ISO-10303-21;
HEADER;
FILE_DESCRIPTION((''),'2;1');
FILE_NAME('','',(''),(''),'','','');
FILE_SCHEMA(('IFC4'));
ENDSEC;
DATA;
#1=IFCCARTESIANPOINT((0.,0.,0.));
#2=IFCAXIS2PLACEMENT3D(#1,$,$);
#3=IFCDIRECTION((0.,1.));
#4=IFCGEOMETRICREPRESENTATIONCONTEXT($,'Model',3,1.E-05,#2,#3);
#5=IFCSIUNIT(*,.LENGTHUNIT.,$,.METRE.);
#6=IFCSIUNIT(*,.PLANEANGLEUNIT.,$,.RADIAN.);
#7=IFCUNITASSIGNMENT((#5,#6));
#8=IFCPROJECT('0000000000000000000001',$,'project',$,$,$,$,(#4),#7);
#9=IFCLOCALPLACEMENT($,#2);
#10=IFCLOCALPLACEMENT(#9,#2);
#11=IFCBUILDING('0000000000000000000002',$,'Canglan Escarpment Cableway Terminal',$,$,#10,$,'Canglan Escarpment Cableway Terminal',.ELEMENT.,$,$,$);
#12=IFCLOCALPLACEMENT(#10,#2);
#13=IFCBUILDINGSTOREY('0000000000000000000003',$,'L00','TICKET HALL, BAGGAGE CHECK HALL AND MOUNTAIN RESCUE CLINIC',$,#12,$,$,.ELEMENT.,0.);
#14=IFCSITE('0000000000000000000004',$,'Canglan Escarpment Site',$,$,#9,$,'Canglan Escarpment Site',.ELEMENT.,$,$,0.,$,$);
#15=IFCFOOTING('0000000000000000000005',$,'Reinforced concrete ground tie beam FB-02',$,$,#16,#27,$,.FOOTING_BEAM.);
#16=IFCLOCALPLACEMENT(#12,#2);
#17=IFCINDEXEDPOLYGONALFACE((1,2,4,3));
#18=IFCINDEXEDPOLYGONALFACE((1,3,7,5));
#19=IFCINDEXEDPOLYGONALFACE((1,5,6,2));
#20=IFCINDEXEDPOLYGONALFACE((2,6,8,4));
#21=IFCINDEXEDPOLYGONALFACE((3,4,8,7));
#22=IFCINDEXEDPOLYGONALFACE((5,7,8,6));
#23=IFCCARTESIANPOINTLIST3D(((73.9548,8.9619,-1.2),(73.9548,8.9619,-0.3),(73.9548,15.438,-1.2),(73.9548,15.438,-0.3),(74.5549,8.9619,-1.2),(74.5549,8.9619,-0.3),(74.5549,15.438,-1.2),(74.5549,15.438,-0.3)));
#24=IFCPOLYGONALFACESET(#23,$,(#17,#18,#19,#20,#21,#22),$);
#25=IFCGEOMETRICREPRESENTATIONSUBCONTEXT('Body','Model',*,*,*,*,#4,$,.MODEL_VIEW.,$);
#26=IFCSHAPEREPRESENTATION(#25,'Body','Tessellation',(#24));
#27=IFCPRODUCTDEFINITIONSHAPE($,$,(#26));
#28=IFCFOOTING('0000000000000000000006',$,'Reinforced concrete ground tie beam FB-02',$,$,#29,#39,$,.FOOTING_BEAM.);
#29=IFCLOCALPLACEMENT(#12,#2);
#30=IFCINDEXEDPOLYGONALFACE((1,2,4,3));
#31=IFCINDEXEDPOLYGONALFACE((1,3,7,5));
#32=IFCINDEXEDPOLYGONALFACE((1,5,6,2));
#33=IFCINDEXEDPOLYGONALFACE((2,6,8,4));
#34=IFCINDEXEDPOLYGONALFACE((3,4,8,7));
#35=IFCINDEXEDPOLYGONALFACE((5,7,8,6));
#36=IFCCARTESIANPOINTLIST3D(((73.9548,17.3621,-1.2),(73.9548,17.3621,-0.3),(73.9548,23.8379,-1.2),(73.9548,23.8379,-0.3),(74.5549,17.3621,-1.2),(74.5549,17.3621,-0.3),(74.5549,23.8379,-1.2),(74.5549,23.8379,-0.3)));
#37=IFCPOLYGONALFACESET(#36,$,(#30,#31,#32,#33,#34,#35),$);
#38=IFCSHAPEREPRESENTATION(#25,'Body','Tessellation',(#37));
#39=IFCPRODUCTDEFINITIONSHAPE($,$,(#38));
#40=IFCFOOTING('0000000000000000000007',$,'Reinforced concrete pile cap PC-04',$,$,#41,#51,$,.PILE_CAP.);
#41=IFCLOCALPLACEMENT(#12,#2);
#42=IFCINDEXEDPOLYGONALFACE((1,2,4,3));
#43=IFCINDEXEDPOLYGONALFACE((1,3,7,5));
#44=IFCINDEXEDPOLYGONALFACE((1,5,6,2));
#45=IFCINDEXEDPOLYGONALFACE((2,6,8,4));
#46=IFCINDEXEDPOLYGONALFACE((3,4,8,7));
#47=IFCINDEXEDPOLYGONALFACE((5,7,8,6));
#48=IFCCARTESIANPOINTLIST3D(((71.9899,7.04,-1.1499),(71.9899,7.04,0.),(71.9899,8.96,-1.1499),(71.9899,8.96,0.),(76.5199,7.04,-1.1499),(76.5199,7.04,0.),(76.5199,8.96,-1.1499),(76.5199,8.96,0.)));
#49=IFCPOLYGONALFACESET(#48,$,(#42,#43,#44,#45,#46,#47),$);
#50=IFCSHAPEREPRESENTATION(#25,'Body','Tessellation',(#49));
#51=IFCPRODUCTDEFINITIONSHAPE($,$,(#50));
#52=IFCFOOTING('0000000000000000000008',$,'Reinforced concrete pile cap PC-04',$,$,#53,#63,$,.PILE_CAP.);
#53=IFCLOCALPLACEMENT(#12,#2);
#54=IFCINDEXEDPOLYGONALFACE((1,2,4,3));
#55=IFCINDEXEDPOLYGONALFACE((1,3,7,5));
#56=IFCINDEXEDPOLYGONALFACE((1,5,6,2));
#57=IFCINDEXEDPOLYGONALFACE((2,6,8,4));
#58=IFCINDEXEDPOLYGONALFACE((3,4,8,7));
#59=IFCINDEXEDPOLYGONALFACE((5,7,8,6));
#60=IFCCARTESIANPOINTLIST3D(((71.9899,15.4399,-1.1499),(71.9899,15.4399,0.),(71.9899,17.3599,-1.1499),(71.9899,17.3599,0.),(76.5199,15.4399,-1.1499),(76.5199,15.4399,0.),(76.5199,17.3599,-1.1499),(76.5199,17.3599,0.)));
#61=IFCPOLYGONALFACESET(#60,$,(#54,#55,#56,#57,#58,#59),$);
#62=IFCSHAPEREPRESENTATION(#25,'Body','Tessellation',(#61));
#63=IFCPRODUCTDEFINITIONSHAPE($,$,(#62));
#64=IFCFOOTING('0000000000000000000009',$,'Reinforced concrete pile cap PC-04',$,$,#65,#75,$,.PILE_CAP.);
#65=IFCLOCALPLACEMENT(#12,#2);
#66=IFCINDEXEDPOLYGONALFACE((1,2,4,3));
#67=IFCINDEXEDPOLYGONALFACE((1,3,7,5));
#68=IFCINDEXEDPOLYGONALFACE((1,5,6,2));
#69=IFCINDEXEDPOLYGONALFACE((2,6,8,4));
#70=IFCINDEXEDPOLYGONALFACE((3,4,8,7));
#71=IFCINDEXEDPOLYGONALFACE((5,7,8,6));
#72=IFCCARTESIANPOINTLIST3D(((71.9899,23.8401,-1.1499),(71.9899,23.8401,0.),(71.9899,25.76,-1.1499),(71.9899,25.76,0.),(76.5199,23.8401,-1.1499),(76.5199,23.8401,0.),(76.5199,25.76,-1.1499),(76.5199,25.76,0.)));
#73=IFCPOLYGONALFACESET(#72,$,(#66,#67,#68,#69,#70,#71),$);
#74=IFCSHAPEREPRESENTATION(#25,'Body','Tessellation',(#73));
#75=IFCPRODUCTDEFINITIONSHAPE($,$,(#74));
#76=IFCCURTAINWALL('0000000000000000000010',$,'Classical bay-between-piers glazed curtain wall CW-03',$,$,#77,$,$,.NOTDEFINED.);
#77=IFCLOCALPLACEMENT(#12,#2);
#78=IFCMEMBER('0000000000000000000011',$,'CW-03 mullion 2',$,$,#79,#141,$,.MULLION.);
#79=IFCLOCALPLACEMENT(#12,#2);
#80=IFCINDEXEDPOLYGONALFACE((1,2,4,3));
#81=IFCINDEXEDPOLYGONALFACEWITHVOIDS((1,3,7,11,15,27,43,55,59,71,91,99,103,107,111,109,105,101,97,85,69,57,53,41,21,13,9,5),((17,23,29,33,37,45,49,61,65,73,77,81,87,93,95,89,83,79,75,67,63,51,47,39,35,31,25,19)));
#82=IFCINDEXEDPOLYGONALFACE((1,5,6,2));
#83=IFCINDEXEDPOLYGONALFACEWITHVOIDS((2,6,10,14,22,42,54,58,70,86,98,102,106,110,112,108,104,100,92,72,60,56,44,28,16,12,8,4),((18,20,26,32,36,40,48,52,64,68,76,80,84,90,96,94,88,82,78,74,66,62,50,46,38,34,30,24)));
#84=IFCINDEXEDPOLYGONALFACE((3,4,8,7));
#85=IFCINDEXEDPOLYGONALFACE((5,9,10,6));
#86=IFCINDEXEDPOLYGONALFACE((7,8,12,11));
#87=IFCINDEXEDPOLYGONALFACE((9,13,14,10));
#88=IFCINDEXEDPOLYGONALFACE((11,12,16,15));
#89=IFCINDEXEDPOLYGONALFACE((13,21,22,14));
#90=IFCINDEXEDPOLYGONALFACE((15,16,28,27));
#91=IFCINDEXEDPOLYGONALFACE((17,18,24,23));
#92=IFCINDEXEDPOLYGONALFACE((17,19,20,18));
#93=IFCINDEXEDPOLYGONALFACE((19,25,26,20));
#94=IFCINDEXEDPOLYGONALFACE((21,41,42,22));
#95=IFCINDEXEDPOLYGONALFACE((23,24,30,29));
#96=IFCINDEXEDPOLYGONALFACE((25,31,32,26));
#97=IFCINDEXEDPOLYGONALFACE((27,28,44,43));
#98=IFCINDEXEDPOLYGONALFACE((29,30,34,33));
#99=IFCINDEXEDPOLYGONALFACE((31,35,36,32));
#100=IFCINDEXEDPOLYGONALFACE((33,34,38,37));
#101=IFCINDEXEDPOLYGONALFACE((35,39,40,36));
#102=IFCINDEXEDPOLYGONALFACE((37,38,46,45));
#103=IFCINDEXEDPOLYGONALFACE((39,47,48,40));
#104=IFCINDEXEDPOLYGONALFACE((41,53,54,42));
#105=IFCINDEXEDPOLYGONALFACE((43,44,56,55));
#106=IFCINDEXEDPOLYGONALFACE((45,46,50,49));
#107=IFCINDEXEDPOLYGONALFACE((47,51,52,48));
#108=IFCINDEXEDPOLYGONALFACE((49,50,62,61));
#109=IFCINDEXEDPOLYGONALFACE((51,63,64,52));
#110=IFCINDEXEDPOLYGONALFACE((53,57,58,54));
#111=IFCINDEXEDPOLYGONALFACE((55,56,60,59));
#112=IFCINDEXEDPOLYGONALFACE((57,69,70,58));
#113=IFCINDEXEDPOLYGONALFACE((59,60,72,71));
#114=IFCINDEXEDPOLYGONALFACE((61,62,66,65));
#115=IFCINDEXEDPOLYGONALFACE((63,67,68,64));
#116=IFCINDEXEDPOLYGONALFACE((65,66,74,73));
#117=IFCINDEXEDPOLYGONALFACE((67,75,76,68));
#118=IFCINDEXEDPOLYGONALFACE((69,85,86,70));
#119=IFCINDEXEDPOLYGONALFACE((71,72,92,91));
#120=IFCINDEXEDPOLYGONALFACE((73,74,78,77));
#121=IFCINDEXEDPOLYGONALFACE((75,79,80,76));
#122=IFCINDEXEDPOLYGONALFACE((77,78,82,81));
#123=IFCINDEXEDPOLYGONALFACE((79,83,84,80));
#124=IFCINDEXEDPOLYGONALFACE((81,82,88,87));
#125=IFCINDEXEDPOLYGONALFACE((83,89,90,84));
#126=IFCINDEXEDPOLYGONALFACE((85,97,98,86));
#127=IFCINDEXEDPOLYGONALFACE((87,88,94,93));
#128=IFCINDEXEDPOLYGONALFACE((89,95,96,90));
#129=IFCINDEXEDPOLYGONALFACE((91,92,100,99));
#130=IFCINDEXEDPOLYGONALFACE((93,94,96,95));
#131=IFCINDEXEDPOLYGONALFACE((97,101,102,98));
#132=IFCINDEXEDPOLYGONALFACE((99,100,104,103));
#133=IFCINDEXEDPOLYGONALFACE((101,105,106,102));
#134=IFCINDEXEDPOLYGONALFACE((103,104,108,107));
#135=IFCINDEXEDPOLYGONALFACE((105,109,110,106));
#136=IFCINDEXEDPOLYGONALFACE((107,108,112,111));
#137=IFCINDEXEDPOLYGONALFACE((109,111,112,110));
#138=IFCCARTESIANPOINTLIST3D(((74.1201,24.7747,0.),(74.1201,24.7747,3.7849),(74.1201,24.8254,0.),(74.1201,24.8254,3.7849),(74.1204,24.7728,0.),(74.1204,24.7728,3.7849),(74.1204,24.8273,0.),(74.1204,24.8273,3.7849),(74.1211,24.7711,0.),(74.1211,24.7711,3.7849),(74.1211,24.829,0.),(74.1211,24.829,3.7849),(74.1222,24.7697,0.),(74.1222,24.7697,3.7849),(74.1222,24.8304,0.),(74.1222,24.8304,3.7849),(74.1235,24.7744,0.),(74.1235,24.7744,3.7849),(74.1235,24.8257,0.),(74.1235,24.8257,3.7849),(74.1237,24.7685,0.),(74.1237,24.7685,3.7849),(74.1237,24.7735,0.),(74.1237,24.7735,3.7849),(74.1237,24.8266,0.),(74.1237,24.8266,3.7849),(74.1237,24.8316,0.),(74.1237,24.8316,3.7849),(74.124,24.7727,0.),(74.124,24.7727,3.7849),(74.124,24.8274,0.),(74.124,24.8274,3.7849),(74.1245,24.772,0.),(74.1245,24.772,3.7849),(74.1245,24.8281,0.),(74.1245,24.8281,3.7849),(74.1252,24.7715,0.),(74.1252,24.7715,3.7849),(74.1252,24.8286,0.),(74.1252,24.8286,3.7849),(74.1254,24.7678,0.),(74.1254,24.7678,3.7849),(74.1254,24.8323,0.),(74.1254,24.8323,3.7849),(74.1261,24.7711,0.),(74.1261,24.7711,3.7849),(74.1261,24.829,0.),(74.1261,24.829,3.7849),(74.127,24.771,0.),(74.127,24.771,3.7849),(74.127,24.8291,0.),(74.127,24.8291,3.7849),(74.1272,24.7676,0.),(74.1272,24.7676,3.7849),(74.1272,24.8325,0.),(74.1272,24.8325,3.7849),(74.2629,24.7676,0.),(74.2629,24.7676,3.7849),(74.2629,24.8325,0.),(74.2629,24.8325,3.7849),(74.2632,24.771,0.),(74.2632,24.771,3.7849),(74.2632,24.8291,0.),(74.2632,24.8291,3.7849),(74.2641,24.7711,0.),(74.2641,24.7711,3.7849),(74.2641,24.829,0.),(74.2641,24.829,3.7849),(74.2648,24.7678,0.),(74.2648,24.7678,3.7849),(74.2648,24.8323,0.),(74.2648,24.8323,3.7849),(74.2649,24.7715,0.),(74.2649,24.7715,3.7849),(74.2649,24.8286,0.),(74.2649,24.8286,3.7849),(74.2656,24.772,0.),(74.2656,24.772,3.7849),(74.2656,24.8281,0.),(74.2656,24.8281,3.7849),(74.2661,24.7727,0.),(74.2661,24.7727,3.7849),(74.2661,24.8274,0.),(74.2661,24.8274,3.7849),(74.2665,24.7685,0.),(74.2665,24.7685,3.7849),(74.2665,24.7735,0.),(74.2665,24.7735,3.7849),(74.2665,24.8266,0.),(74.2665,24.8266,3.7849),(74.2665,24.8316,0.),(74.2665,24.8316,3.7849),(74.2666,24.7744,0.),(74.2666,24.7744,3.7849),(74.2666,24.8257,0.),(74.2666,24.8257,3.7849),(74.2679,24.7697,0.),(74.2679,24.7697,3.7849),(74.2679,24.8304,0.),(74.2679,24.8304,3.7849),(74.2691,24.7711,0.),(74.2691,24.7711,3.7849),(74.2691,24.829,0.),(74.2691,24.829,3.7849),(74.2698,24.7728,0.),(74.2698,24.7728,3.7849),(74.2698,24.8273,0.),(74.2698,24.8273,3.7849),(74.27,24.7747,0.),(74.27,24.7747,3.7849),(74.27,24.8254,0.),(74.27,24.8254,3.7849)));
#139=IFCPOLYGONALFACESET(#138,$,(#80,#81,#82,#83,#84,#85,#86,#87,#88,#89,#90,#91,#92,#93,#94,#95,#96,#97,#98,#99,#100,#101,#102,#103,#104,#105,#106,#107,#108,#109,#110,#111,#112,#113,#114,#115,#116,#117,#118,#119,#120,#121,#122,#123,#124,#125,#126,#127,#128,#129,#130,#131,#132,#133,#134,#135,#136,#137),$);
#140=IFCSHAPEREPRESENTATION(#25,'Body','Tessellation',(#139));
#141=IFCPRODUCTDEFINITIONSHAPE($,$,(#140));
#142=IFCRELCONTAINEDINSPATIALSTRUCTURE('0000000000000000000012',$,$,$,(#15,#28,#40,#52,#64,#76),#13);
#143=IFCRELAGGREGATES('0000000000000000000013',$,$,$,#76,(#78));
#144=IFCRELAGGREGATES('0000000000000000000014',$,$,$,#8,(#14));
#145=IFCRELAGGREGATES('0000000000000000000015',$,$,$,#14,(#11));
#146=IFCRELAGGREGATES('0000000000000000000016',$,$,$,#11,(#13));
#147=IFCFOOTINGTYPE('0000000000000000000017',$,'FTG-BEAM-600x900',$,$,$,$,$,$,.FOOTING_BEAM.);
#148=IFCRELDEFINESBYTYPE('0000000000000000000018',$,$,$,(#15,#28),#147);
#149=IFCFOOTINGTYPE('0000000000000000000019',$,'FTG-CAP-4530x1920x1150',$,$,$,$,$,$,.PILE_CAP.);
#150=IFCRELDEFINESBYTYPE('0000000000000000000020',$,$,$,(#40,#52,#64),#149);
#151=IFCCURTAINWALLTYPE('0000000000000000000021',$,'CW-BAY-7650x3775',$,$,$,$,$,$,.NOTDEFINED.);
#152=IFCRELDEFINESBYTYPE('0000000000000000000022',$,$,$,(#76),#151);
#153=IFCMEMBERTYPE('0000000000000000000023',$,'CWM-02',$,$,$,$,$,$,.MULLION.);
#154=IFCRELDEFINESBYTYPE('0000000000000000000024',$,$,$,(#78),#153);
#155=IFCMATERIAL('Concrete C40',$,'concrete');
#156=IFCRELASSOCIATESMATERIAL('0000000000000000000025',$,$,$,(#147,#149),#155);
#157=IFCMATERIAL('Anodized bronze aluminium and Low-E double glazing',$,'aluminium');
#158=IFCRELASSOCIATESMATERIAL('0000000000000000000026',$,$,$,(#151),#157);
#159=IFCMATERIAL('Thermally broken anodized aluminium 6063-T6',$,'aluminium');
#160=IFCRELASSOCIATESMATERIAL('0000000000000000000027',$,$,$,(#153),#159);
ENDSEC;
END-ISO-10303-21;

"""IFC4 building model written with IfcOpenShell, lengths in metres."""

from ifc_helpers import new_model, si_unit, direction, frame, origin, origin_2d, place, context, subcontext, project, spatial, rectangle, hollow_rectangle, extrude, material, material_profile, profile_set, type_object, element, aggregate, save


model = new_model("IFC4")

# Units and contexts
model_context = context("Model", 3, precision=1e-05, world=origin(), true_north=direction((0.0, 1.0)))
body_context = subcontext(model_context, "Body", "Model", "MODEL_VIEW")
ifc_project = project(units=[si_unit("LENGTHUNIT", "METRE"), si_unit("PLANEANGLEUNIT", "RADIAN")], contexts=[model_context])

# Site, building, storey
site_placement = place(None, origin())
site = spatial("IfcSite", under=ifc_project, at=site_placement, Name="Canglan Escarpment Site", LongName="Canglan Escarpment Site", CompositionType="ELEMENT", RefElevation=0.0)
building_placement = place(site_placement, origin())
building = spatial("IfcBuilding", under=site, at=building_placement, Name="Canglan Escarpment Cableway Terminal", LongName="Canglan Escarpment Cableway Terminal", CompositionType="ELEMENT")
storey_placement = place(building_placement, origin())
storey = spatial("IfcBuildingStorey", under=building, at=storey_placement, Name="L00", Description="TICKET HALL, BAGGAGE CHECK HALL AND MOUNTAIN RESCUE CLINIC", CompositionType="ELEMENT", Elevation=0.0)

# Footings
ifc_material_1 = material(Name="Concrete C40", Category="concrete")
ifc_material_profile_1 = material_profile(ifc_material_1, rectangle(XDim=0.6001, YDim=0.8999, at=origin_2d()), Name="FB 600x900")
ifc_profile_set_1 = profile_set([ifc_material_profile_1], Name="Concrete C40")
footing_type_1 = type_object("IfcFootingType", Name="FTG-BEAM-600x900", PredefinedType="FOOTING_BEAM", material=ifc_profile_set_1)
footing_1_placement = place(storey_placement, frame((74.2549, 8.9619, -0.75), z_axis=(0.0, 1.0, 0.0), x_axis=(-1.0, 0.0, 0.0)))
element("IfcFooting", 1, at=footing_1_placement, inside=storey, type_object=footing_type_1, Name="Reinforced concrete ground tie beam FB-02", PredefinedType="FOOTING_BEAM", context=body_context, shape_type="SweptSolid", body=[
    extrude(rectangle(XDim=0.6001, YDim=0.8999, at=origin_2d()), origin(), (0.0, 0.0, 1.0), 6.4761),
])
footing_2_placement = place(storey_placement, frame((74.2549, 17.3621, -0.75), z_axis=(0.0, 1.0, 0.0), x_axis=(-1.0, 0.0, 0.0)))
element("IfcFooting", 2, at=footing_2_placement, inside=storey, type_object=footing_type_1, Name="Reinforced concrete ground tie beam FB-02", PredefinedType="FOOTING_BEAM", context=body_context, shape_type="SweptSolid", body=[
    extrude(rectangle(XDim=0.6001, YDim=0.8999, at=origin_2d()), origin(), (0.0, 0.0, 1.0), 6.4758),
])
footing_type_2 = type_object("IfcFootingType", Name="FTG-CAP-4530x1920x1150", PredefinedType="PILE_CAP", material=ifc_material_1)
for number, where, z_axis, x_axis, name in (
    (3, (74.2549, 8.0, -1.1499), (0.0, 0.0, 1.0), (1.0, 0.0, 0.0), "Reinforced concrete pile cap PC-04"),
    (4, (74.2549, 16.3999, -1.1499), (0.0, 0.0, 1.0), (1.0, 0.0, 0.0), "Reinforced concrete pile cap PC-04"),
    (5, (74.2549, 24.8, -1.1499), (0.0, 0.0, 1.0), (1.0, 0.0, 0.0), "Reinforced concrete pile cap PC-04"),
):
    element("IfcFooting", number, at=place(storey_placement, frame(where, z_axis=z_axis, x_axis=x_axis)), inside=storey, type_object=footing_type_2, Name=name, PredefinedType="PILE_CAP", context=body_context, shape_type="SweptSolid", body=[
        extrude(rectangle(XDim=4.53, YDim=1.9199, at=origin_2d()), origin(), (0.0, 0.0, 1.0), 1.1499),
    ])

# Curtain wall, member
ifc_material_2 = material(Name="Anodized bronze aluminium and Low-E double glazing", Category="aluminium")
curtain_wall_type = type_object("IfcCurtainWallType", Name="CW-BAY-7650x3775", PredefinedType="NOTDEFINED", material=ifc_material_2)
curtain_wall_placement = place(storey_placement, origin())
curtain_wall = element("IfcCurtainWall", 6, at=curtain_wall_placement, inside=storey, type_object=curtain_wall_type, Name="Classical bay-between-piers glazed curtain wall CW-03", PredefinedType="NOTDEFINED")
ifc_material_3 = material(Name="Thermally broken anodized aluminium 6063-T6", Category="aluminium")
ifc_material_profile_2 = material_profile(ifc_material_3, hollow_rectangle(XDim=0.0649, YDim=0.1499, WallThickness=0.0034, InnerFilletRadius=0.0034, OuterFilletRadius=0.0071, at=origin_2d()), Name="ALU-MULL 65x150x3.5")
ifc_profile_set_2 = profile_set([ifc_material_profile_2], Name="Thermally broken anodized aluminium 6063-T6")
member_type_1 = type_object("IfcMemberType", Name="CWM-02", PredefinedType="MULLION", material=ifc_profile_set_2)
member_1_placement = place(storey_placement, frame((74.1951, 24.8, 0.0), z_axis=(0.0, 0.0, 1.0), x_axis=(0.0, -1.0, 0.0)))
member_1 = element("IfcMember", 7, at=member_1_placement, type_object=member_type_1, Name="CW-03 mullion 2", PredefinedType="MULLION", context=body_context, shape_type="SweptSolid", body=[
    extrude(hollow_rectangle(XDim=0.0649, YDim=0.1499, WallThickness=0.0034, InnerFilletRadius=0.0034, OuterFilletRadius=0.0071, at=origin_2d()), origin(), (0.0, 0.0, 1.0), 3.7849),
])
aggregate(curtain_wall, [member_1])

save(model, "model.ifc")
